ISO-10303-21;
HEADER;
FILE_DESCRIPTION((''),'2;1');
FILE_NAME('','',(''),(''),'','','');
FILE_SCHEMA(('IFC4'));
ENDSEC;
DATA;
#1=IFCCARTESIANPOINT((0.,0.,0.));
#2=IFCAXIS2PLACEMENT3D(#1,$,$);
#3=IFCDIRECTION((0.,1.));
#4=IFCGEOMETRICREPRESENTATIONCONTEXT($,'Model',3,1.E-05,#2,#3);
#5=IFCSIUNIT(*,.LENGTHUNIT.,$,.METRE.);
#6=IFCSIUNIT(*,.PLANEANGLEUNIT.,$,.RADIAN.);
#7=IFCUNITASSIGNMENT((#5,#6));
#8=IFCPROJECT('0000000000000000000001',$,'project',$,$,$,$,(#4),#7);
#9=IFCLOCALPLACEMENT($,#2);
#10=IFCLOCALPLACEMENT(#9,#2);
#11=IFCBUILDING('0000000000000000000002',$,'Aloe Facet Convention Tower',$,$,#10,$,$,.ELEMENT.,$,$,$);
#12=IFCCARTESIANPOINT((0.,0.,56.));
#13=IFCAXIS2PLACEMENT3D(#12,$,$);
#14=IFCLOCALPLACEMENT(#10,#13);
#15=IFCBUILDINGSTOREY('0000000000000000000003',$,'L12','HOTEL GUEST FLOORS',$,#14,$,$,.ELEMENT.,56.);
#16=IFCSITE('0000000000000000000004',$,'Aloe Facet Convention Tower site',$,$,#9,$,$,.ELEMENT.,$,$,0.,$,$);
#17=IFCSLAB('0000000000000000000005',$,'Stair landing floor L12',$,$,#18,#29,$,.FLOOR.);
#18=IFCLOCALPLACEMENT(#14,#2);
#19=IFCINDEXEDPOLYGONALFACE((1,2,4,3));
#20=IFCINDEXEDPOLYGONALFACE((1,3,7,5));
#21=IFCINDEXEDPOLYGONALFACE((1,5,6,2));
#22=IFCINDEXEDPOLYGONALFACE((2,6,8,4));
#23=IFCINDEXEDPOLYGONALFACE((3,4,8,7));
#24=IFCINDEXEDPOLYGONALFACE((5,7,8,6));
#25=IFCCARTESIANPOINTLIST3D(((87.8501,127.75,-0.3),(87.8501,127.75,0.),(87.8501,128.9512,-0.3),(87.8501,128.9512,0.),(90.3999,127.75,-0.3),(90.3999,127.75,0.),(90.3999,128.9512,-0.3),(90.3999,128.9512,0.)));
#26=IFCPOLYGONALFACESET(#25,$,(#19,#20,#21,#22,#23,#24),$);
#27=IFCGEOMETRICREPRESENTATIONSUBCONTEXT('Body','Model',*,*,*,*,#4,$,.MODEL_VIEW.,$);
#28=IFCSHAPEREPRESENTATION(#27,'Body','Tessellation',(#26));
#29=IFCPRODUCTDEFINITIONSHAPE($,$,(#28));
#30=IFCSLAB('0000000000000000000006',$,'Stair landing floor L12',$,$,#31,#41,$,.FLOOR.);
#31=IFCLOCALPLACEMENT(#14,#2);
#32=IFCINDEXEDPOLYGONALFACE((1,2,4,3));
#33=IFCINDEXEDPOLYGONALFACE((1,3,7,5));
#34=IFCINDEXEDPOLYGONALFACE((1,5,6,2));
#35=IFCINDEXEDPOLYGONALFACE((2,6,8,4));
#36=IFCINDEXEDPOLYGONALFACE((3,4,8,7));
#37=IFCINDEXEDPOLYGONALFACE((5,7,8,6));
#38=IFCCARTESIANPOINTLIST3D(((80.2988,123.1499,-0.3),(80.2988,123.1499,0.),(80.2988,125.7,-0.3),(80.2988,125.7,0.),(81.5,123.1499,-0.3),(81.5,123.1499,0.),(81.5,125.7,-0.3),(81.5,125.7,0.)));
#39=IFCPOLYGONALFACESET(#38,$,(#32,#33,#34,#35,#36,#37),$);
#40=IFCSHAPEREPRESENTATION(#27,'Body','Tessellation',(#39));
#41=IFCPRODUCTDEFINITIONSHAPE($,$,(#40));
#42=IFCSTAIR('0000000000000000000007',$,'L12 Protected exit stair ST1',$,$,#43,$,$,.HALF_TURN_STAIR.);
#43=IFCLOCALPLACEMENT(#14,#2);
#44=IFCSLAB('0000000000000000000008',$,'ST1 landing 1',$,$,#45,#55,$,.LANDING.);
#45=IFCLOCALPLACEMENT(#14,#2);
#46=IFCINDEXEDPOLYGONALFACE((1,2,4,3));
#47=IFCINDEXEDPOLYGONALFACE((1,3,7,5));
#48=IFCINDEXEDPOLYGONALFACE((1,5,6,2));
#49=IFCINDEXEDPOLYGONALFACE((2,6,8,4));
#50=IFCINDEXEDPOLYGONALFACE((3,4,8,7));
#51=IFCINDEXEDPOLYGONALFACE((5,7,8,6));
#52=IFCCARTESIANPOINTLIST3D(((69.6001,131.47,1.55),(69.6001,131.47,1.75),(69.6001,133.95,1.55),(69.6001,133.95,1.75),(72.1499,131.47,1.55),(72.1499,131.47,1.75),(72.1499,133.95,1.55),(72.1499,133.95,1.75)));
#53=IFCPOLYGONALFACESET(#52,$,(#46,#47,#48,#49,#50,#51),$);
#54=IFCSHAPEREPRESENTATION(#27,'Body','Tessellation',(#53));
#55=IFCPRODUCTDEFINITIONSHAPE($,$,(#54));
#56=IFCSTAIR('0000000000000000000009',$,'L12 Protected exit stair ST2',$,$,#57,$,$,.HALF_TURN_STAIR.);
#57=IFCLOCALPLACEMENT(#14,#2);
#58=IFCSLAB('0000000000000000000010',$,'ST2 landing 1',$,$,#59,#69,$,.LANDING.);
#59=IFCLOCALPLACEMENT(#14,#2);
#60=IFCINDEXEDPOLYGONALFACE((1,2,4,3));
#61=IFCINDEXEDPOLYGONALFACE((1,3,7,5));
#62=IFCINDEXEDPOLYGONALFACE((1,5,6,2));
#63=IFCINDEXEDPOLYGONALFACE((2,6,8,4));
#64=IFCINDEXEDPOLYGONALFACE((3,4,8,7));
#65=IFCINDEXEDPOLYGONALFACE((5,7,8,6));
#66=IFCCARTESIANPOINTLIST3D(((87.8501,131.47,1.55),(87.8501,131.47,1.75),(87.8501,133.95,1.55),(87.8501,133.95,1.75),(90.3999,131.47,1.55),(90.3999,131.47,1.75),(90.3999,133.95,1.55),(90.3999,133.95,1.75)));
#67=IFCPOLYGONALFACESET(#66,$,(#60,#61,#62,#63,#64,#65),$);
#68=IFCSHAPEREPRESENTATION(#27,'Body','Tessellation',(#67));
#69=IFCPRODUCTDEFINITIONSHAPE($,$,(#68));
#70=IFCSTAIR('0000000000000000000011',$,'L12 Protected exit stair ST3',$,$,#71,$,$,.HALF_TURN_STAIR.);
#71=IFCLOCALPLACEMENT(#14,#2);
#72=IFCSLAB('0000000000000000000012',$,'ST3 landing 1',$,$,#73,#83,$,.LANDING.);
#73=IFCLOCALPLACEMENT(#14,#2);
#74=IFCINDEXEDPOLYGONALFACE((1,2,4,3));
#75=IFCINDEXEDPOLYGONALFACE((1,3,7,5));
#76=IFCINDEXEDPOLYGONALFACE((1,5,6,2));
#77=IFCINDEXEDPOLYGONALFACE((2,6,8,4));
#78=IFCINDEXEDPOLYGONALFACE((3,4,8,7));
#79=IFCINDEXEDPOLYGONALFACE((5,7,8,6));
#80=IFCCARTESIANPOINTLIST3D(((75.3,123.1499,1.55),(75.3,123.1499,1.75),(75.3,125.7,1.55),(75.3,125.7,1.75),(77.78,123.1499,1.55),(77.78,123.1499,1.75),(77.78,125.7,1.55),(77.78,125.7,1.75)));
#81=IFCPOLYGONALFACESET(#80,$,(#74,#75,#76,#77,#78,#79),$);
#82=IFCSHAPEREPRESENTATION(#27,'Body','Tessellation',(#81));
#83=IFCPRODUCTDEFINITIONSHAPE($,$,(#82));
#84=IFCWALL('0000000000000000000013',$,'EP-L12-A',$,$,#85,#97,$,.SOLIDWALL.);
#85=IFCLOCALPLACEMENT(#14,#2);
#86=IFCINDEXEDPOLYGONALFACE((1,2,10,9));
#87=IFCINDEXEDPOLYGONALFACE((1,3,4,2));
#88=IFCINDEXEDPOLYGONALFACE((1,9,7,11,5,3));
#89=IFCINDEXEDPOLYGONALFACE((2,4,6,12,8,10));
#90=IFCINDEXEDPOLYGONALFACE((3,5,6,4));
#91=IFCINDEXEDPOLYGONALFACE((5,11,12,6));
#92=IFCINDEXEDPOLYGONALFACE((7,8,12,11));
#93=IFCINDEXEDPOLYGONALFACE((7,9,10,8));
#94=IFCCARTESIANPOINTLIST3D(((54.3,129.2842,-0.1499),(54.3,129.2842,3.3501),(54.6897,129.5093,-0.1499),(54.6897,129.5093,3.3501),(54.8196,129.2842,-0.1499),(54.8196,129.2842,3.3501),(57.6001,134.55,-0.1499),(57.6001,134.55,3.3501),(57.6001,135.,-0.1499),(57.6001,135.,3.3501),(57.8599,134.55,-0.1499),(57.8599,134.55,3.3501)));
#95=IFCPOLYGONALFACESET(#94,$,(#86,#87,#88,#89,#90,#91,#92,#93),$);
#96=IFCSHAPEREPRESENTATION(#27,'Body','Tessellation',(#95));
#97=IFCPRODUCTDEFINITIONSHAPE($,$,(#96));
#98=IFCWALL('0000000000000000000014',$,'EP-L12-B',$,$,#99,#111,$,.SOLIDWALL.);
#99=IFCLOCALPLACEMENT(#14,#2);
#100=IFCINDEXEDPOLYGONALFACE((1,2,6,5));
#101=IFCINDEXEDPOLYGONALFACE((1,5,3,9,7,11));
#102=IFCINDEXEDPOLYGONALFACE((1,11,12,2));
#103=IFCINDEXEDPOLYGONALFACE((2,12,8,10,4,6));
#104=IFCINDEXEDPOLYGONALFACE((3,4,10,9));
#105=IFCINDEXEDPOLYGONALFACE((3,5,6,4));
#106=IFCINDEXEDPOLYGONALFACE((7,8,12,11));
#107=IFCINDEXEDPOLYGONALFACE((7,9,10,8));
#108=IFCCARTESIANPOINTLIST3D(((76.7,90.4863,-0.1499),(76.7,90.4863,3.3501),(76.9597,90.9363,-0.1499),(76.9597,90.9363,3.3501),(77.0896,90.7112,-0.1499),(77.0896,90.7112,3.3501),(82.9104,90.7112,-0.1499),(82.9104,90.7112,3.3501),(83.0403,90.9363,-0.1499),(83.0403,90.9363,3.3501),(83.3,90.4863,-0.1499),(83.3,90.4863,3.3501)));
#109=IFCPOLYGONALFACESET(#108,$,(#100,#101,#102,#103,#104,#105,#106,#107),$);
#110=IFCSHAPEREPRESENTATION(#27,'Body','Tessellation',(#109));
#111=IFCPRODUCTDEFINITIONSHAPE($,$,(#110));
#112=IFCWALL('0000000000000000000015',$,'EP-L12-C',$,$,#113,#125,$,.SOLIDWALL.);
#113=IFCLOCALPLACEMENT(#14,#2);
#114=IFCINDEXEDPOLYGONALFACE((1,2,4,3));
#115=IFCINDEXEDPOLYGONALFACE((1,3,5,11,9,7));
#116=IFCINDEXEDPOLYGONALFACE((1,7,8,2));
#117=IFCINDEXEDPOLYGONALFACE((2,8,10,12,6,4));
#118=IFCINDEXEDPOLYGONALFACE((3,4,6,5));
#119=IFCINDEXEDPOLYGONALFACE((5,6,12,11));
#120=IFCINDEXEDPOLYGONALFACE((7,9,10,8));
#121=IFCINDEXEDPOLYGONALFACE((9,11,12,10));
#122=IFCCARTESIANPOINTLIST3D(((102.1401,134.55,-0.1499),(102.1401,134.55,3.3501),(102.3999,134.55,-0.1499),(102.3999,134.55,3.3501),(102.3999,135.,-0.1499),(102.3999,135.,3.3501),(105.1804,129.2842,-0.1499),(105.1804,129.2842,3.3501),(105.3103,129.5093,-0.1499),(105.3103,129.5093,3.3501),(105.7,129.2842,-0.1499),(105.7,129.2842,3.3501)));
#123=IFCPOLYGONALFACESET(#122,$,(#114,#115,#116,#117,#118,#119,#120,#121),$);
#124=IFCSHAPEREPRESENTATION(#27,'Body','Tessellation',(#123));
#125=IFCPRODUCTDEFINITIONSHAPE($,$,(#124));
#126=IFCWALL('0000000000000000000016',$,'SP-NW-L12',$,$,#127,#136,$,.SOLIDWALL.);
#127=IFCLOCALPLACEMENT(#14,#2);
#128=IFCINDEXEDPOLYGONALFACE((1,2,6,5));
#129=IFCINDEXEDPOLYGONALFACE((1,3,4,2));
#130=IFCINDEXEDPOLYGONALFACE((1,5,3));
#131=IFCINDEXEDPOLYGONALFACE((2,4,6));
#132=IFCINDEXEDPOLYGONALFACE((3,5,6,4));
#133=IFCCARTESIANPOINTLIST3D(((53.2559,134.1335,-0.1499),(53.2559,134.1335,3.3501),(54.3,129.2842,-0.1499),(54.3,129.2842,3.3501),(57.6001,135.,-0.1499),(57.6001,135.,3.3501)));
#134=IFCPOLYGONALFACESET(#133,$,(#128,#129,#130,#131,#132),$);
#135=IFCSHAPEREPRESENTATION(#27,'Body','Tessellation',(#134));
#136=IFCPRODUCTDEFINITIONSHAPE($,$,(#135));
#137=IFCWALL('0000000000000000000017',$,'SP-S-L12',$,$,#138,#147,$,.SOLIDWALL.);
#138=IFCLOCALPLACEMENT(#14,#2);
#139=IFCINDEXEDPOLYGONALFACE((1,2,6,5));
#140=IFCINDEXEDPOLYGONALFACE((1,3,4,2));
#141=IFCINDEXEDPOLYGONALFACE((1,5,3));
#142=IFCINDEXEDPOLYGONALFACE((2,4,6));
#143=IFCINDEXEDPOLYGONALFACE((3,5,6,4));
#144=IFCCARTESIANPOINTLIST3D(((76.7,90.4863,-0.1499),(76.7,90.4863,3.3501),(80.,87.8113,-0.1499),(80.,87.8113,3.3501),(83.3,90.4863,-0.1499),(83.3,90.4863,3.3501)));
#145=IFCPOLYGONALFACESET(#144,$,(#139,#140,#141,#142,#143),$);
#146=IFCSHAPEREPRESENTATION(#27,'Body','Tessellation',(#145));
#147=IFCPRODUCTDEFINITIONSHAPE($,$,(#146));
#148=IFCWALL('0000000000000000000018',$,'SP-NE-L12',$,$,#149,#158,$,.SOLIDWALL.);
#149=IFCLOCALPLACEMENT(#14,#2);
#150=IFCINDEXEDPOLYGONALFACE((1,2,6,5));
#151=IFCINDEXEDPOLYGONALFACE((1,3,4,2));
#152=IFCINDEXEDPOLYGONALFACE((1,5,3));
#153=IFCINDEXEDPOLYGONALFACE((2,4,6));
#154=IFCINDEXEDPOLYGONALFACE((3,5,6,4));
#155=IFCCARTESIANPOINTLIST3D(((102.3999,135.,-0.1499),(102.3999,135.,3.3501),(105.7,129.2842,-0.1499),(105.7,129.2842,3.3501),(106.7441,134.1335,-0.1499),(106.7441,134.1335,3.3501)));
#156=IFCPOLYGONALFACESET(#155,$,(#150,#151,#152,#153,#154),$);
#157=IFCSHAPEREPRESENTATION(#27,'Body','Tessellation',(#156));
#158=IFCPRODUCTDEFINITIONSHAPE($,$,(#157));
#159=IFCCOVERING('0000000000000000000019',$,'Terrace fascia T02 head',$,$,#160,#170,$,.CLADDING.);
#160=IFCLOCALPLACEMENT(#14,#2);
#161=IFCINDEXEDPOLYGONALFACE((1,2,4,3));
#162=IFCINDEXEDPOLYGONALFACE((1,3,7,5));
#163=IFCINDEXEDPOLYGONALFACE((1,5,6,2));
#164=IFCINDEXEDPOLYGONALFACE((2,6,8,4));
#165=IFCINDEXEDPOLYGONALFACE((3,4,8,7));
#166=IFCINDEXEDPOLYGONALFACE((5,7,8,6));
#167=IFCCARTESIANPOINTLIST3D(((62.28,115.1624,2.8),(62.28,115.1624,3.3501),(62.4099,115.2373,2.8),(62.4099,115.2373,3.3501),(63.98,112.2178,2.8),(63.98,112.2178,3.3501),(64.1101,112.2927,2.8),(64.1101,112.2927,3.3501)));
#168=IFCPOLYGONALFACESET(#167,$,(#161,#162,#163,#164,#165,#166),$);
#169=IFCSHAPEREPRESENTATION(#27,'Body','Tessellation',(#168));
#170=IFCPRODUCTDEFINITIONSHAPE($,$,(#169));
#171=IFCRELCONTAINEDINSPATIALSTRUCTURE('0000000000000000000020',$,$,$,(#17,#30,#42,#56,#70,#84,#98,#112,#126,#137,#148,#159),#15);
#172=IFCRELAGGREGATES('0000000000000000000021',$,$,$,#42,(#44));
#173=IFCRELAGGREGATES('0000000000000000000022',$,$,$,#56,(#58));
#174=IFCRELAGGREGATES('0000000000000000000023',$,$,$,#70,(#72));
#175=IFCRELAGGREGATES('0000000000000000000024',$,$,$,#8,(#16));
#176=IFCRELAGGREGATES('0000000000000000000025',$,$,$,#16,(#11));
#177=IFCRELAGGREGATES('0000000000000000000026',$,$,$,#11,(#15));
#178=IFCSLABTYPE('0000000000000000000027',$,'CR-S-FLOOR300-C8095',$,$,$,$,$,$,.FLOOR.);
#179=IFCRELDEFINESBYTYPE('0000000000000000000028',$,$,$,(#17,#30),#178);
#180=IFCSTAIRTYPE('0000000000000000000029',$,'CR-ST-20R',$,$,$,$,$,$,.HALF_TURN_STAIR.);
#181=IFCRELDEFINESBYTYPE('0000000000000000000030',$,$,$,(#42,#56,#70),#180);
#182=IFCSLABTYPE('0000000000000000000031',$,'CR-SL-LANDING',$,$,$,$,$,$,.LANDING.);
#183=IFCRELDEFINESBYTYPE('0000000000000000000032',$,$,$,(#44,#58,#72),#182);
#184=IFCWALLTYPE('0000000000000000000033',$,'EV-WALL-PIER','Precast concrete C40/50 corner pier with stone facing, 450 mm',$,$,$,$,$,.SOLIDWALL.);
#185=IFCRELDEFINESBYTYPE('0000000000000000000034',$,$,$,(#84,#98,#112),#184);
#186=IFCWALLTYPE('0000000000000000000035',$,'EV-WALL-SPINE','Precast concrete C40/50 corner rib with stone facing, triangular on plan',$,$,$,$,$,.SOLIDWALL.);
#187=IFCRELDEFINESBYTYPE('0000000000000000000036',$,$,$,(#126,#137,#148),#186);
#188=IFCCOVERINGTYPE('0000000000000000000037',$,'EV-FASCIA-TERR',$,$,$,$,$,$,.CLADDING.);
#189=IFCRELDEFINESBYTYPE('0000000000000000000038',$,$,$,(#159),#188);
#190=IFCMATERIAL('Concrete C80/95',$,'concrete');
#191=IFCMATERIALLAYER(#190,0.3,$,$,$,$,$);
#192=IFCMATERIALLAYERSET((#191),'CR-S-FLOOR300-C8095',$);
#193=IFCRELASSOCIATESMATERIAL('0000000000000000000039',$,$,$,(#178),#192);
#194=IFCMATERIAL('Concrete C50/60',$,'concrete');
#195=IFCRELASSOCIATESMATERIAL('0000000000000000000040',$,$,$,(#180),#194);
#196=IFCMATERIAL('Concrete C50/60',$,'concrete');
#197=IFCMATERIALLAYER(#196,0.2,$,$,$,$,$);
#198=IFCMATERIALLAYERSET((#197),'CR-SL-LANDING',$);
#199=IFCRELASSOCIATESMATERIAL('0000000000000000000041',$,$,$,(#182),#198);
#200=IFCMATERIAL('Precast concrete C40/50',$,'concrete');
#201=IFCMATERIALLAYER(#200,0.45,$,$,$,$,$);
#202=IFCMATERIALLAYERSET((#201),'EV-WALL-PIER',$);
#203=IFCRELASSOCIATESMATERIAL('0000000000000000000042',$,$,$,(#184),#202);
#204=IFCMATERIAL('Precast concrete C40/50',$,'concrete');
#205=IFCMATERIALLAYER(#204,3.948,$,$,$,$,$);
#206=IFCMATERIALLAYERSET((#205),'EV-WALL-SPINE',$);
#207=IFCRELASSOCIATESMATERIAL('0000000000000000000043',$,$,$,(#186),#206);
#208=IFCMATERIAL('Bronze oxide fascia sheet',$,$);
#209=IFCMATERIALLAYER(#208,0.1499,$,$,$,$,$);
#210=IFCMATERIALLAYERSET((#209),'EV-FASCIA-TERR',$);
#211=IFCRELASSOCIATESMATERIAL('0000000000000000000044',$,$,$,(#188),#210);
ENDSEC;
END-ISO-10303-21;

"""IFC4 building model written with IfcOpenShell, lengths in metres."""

from ifc_helpers import new_model, si_unit, direction, frame, origin, place, context, subcontext, project, spatial, polyline, outline, extrude, material, layer, layer_set, type_object, element, aggregate, save


model = new_model("IFC4")

# Units and contexts
model_context = context("Model", 3, precision=1e-05, world=origin(), true_north=direction((0.0, 1.0)))
body_context = subcontext(model_context, "Body", "Model", "MODEL_VIEW")
ifc_project = project(units=[si_unit("LENGTHUNIT", "METRE"), si_unit("PLANEANGLEUNIT", "RADIAN")], contexts=[model_context])

# Site, building, storey
site_placement = place(None, origin())
site = spatial("IfcSite", under=ifc_project, at=site_placement, Name="Aloe Facet Convention Tower site", CompositionType="ELEMENT", RefElevation=0.0)
building_placement = place(site_placement, origin())
building = spatial("IfcBuilding", under=site, at=building_placement, Name="Aloe Facet Convention Tower", CompositionType="ELEMENT")
storey_placement = place(building_placement, frame((0.0, 0.0, 56.0)))
storey = spatial("IfcBuildingStorey", under=building, at=storey_placement, Name="L12", Description="HOTEL GUEST FLOORS", CompositionType="ELEMENT", Elevation=56.0)

# Slabs
ifc_material_1 = material(Name="Concrete C80/95", Category="concrete")
ifc_layer_1 = layer(ifc_material_1, 0.3)
ifc_layer_set_1 = layer_set([ifc_layer_1], Name="CR-S-FLOOR300-C8095")
slab_type_1 = type_object("IfcSlabType", Name="CR-S-FLOOR300-C8095", PredefinedType="FLOOR", material=ifc_layer_set_1)
slab_1_placement = place(storey_placement, frame((0.0, 0.0, -0.3)))
element("IfcSlab", 1, at=slab_1_placement, inside=storey, type_object=slab_type_1, Name="Stair landing floor L12", PredefinedType="FLOOR", context=body_context, shape_type="SweptSolid", body=[
    extrude(outline(polyline([(90.3999, 127.75), (90.3999, 128.9512), (87.8501, 128.9512), (87.8501, 127.75), (90.3999, 127.75)])), origin(), (0.0, 0.0, 1.0), 0.3),
])
slab_2_placement = place(storey_placement, frame((0.0, 0.0, -0.3)))
element("IfcSlab", 2, at=slab_2_placement, inside=storey, type_object=slab_type_1, Name="Stair landing floor L12", PredefinedType="FLOOR", context=body_context, shape_type="SweptSolid", body=[
    extrude(outline(polyline([(81.5, 125.7), (80.2988, 125.7), (80.2988, 123.1499), (81.5, 123.1499), (81.5, 125.7)])), origin(), (0.0, 0.0, 1.0), 0.3),
])

# Stairs, slabs
ifc_material_2 = material(Name="Concrete C50/60", Category="concrete")
stair_type = type_object("IfcStairType", Name="CR-ST-20R", PredefinedType="HALF_TURN_STAIR", material=ifc_material_2)
stair_1_placement = place(storey_placement, origin())
stair_1 = element("IfcStair", 3, at=stair_1_placement, inside=storey, type_object=stair_type, Name="L12 Protected exit stair ST1", PredefinedType="HALF_TURN_STAIR")
ifc_material_3 = material(Name="Concrete C50/60", Category="concrete")
ifc_layer_2 = layer(ifc_material_3, 0.2)
ifc_layer_set_2 = layer_set([ifc_layer_2], Name="CR-SL-LANDING")
slab_type_2 = type_object("IfcSlabType", Name="CR-SL-LANDING", PredefinedType="LANDING", material=ifc_layer_set_2)
slab_3_placement = place(storey_placement, frame((0.0, 0.0, 1.55)))
slab_3 = element("IfcSlab", 4, at=slab_3_placement, type_object=slab_type_2, Name="ST1 landing 1", PredefinedType="LANDING", context=body_context, shape_type="SweptSolid", body=[
    extrude(outline(polyline([(72.1499, 131.47), (72.1499, 133.95), (69.6001, 133.95), (69.6001, 131.47), (72.1499, 131.47)])), origin(), (0.0, 0.0, 1.0), 0.2),
])
aggregate(stair_1, [slab_3])
stair_2_placement = place(storey_placement, origin())
stair_2 = element("IfcStair", 5, at=stair_2_placement, inside=storey, type_object=stair_type, Name="L12 Protected exit stair ST2", PredefinedType="HALF_TURN_STAIR")
slab_4_placement = place(storey_placement, frame((0.0, 0.0, 1.55)))
slab_4 = element("IfcSlab", 6, at=slab_4_placement, type_object=slab_type_2, Name="ST2 landing 1", PredefinedType="LANDING", context=body_context, shape_type="SweptSolid", body=[
    extrude(outline(polyline([(90.3999, 131.47), (90.3999, 133.95), (87.8501, 133.95), (87.8501, 131.47), (90.3999, 131.47)])), origin(), (0.0, 0.0, 1.0), 0.2),
])
aggregate(stair_2, [slab_4])
stair_3_placement = place(storey_placement, origin())
stair_3 = element("IfcStair", 7, at=stair_3_placement, inside=storey, type_object=stair_type, Name="L12 Protected exit stair ST3", PredefinedType="HALF_TURN_STAIR")
slab_5_placement = place(storey_placement, frame((0.0, 0.0, 1.55)))
slab_5 = element("IfcSlab", 8, at=slab_5_placement, type_object=slab_type_2, Name="ST3 landing 1", PredefinedType="LANDING", context=body_context, shape_type="SweptSolid", body=[
    extrude(outline(polyline([(77.78, 125.7), (75.3, 125.7), (75.3, 123.1499), (77.78, 123.1499), (77.78, 125.7)])), origin(), (0.0, 0.0, 1.0), 0.2),
])
aggregate(stair_3, [slab_5])

# Walls
ifc_material_4 = material(Name="Precast concrete C40/50", Category="concrete")
ifc_layer_3 = layer(ifc_material_4, 0.45)
ifc_layer_set_3 = layer_set([ifc_layer_3], Name="EV-WALL-PIER")
wall_type_1 = type_object("IfcWallType", Name="EV-WALL-PIER", Description="Precast concrete C40/50 corner pier with stone facing, 450 mm", PredefinedType="SOLIDWALL", material=ifc_layer_set_3)
wall_1_placement = place(storey_placement, frame((0.0, 0.0, -0.1499)))
element("IfcWall", 9, at=wall_1_placement, inside=storey, type_object=wall_type_1, Name="EP-L12-A", PredefinedType="SOLIDWALL", context=body_context, shape_type="SweptSolid", body=[
    extrude(outline(polyline([(57.6001, 135.0), (57.6001, 134.55), (57.8599, 134.55), (54.8196, 129.2842), (54.6897, 129.5093), (54.3, 129.2842), (57.6001, 135.0)])), origin(), (0.0, 0.0, 1.0), 3.5),
])
wall_2_placement = place(storey_placement, frame((0.0, 0.0, -0.1499)))
element("IfcWall", 10, at=wall_2_placement, inside=storey, type_object=wall_type_1, Name="EP-L12-B", PredefinedType="SOLIDWALL", context=body_context, shape_type="SweptSolid", body=[
    extrude(outline(polyline([(76.7, 90.4863), (77.0896, 90.7112), (76.9597, 90.9363), (83.0403, 90.9363), (82.9104, 90.7112), (83.3, 90.4863), (76.7, 90.4863)])), origin(), (0.0, 0.0, 1.0), 3.5),
])
wall_3_placement = place(storey_placement, frame((0.0, 0.0, -0.1499)))
element("IfcWall", 11, at=wall_3_placement, inside=storey, type_object=wall_type_1, Name="EP-L12-C", PredefinedType="SOLIDWALL", context=body_context, shape_type="SweptSolid", body=[
    extrude(outline(polyline([(105.7, 129.2842), (105.3103, 129.5093), (105.1804, 129.2842), (102.1401, 134.55), (102.3999, 134.55), (102.3999, 135.0), (105.7, 129.2842)])), origin(), (0.0, 0.0, 1.0), 3.5),
])
ifc_material_5 = material(Name="Precast concrete C40/50", Category="concrete")
ifc_layer_4 = layer(ifc_material_5, 3.948)
ifc_layer_set_4 = layer_set([ifc_layer_4], Name="EV-WALL-SPINE")
wall_type_2 = type_object("IfcWallType", Name="EV-WALL-SPINE", Description="Precast concrete C40/50 corner rib with stone facing, triangular on plan", PredefinedType="SOLIDWALL", material=ifc_layer_set_4)
wall_4_placement = place(storey_placement, frame((0.0, 0.0, -0.1499)))
element("IfcWall", 12, at=wall_4_placement, inside=storey, type_object=wall_type_2, Name="SP-NW-L12", PredefinedType="SOLIDWALL", context=body_context, shape_type="SweptSolid", body=[
    extrude(outline(polyline([(57.6001, 135.0), (53.2559, 134.1335), (54.3, 129.2842), (57.6001, 135.0)])), origin(), (0.0, 0.0, 1.0), 3.5),
])
wall_5_placement = place(storey_placement, frame((0.0, 0.0, -0.1499)))
element("IfcWall", 13, at=wall_5_placement, inside=storey, type_object=wall_type_2, Name="SP-S-L12", PredefinedType="SOLIDWALL", context=body_context, shape_type="SweptSolid", body=[
    extrude(outline(polyline([(76.7, 90.4863), (80.0, 87.8113), (83.3, 90.4863), (76.7, 90.4863)])), origin(), (0.0, 0.0, 1.0), 3.5),
])
wall_6_placement = place(storey_placement, frame((0.0, 0.0, -0.1499)))
element("IfcWall", 14, at=wall_6_placement, inside=storey, type_object=wall_type_2, Name="SP-NE-L12", PredefinedType="SOLIDWALL", context=body_context, shape_type="SweptSolid", body=[
    extrude(outline(polyline([(105.7, 129.2842), (106.7441, 134.1335), (102.3999, 135.0), (105.7, 129.2842)])), origin(), (0.0, 0.0, 1.0), 3.5),
])

# Covering
ifc_material_6 = material(Name="Bronze oxide fascia sheet")
ifc_layer_5 = layer(ifc_material_6, 0.1499)
ifc_layer_set_5 = layer_set([ifc_layer_5], Name="EV-FASCIA-TERR")
covering_type = type_object("IfcCoveringType", Name="EV-FASCIA-TERR", PredefinedType="CLADDING", material=ifc_layer_set_5)
covering_placement = place(storey_placement, frame((0.0, 0.0, 2.8)))
element("IfcCovering", 15, at=covering_placement, inside=storey, type_object=covering_type, Name="Terrace fascia T02 head", PredefinedType="CLADDING", context=body_context, shape_type="SweptSolid", body=[
    extrude(outline(polyline([(62.28, 115.1624), (63.98, 112.2178), (64.1101, 112.2927), (62.4099, 115.2373), (62.28, 115.1624)])), origin(), (0.0, 0.0, 1.0), 0.55),
])

save(model, "model.ifc")
